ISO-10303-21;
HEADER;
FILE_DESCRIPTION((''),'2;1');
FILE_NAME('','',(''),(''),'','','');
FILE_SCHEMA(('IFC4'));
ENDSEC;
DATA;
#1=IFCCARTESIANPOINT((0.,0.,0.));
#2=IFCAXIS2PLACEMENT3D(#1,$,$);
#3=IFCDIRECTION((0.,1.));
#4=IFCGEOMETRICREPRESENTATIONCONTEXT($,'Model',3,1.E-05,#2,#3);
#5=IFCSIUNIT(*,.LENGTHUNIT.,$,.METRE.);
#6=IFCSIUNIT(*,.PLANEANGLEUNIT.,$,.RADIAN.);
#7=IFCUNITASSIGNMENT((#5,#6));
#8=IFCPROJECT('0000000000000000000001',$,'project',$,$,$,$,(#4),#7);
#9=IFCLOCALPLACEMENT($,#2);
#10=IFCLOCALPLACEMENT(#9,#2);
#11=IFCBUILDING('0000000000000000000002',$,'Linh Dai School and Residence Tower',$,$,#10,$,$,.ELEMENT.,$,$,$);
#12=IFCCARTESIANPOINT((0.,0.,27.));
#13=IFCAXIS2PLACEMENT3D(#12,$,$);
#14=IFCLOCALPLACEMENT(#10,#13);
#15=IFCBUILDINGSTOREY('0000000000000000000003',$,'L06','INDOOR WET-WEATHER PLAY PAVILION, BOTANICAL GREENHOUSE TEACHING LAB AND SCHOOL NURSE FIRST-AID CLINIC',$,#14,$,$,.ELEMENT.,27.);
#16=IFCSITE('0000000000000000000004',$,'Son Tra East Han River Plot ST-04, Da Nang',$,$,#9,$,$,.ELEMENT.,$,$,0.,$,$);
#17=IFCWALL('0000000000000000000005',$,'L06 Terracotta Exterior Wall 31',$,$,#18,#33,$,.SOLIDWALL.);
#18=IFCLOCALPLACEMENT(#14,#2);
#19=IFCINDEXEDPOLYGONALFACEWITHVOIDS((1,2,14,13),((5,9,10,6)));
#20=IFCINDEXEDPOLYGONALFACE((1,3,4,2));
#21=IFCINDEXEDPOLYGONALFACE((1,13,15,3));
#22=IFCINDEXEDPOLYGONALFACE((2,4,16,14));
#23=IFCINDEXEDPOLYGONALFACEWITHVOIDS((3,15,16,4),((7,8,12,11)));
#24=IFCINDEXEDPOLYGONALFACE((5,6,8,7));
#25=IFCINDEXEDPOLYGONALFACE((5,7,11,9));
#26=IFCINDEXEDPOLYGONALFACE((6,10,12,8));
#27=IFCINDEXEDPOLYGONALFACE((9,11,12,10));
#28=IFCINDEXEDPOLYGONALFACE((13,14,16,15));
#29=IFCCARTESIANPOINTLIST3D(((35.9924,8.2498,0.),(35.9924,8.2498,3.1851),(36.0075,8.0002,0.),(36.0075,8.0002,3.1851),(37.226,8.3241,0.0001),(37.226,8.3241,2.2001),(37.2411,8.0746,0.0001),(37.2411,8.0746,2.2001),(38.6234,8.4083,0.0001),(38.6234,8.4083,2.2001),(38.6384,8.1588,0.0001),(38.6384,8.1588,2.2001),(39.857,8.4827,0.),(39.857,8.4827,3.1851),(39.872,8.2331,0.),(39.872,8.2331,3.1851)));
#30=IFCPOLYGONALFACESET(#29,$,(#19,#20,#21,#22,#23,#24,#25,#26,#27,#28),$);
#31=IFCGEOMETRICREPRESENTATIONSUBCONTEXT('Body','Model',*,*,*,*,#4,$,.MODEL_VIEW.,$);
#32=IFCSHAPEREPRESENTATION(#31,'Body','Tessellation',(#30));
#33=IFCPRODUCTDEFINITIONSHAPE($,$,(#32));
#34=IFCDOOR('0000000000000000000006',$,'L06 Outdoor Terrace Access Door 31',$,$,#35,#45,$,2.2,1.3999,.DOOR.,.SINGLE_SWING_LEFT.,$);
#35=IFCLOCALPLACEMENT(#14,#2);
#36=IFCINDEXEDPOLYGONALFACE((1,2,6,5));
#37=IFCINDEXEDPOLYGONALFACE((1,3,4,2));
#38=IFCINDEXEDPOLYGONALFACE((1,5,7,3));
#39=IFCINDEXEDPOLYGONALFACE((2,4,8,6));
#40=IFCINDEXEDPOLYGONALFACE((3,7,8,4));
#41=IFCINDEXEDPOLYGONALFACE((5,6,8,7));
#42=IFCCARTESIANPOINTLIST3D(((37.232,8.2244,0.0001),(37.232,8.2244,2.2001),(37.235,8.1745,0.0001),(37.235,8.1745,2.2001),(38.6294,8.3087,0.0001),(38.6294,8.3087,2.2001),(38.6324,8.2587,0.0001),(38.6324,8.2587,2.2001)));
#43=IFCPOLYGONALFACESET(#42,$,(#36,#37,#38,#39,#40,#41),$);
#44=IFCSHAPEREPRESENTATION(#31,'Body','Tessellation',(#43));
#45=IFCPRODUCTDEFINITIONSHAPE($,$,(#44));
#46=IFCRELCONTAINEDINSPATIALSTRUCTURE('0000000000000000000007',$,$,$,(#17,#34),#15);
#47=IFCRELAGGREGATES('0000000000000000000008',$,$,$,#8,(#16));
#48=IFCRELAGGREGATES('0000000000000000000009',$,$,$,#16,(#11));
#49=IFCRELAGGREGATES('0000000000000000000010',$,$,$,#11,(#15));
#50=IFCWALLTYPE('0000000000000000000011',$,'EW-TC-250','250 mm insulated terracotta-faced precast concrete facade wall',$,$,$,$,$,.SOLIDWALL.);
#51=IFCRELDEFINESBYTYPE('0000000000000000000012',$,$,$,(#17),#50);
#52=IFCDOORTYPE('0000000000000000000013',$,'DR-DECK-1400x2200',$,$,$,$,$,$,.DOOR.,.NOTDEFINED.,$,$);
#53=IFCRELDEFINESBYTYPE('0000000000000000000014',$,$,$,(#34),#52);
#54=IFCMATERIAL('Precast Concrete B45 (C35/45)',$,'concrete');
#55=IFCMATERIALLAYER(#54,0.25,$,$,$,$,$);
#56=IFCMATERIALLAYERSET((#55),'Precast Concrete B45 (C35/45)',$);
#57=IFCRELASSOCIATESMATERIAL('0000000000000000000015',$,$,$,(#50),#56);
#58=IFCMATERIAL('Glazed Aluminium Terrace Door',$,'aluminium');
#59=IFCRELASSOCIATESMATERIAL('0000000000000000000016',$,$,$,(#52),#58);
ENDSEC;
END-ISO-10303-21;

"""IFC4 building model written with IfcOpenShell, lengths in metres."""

from ifc_helpers import new_model, si_unit, direction, frame, frame_2d, origin, origin_2d, place, context, subcontext, project, spatial, rectangle, extrude, source, transform, mapped, material, layer, layer_set, type_object, element, fill, save


model = new_model("IFC4")

# Units and contexts
model_context = context("Model", 3, precision=1e-05, world=origin(), true_north=direction((0.0, 1.0)))
body_context = subcontext(model_context, "Body", "Model", "MODEL_VIEW")
ifc_project = project(units=[si_unit("LENGTHUNIT", "METRE"), si_unit("PLANEANGLEUNIT", "RADIAN")], contexts=[model_context])

# Site, building, storey
site_placement = place(None, origin())
site = spatial("IfcSite", under=ifc_project, at=site_placement, Name="Son Tra East Han River Plot ST-04, Da Nang", CompositionType="ELEMENT", RefElevation=0.0)
building_placement = place(site_placement, origin())
building = spatial("IfcBuilding", under=site, at=building_placement, Name="Linh Dai School and Residence Tower", CompositionType="ELEMENT")
storey_placement = place(building_placement, frame((0.0, 0.0, 27.0)))
storey = spatial("IfcBuildingStorey", under=building, at=storey_placement, Name="L06", Description="INDOOR WET-WEATHER PLAY PAVILION, BOTANICAL GREENHOUSE TEACHING LAB AND SCHOOL NURSE FIRST-AID CLINIC", CompositionType="ELEMENT", Elevation=27.0)

# Shared definitions
ifc_material_1 = material(Name="Precast Concrete B45 (C35/45)", Category="concrete")
ifc_layer_1 = layer(ifc_material_1, 0.25)
ifc_layer_set_1 = layer_set([ifc_layer_1], Name="Precast Concrete B45 (C35/45)")
wall_type = type_object("IfcWallType", Name="EW-TC-250", Description="250 mm insulated terracotta-faced precast concrete facade wall", PredefinedType="SOLIDWALL", material=ifc_layer_set_1)

# Wall, opening, door
wall_1_placement = place(storey_placement, frame((39.8645, 8.3579, 0.0), z_axis=(0.0, 0.0, 1.0), x_axis=(-0.998189, -0.06016, 0.0)))
wall_1 = element("IfcWall", 1, at=wall_1_placement, inside=storey, type_object=wall_type, Name="L06 Terracotta Exterior Wall 31", PredefinedType="SOLIDWALL", context=body_context, shape_type="SweptSolid", body=[
    extrude(rectangle(XDim=3.8716, YDim=0.25, at=frame_2d((1.9358, 0.0))), origin(), (0.0, 0.0, 1.0), 3.1851),
])
opening_1_placement = place(wall_1_placement, frame((1.2358, 0.0, 0.0)))
opening_1 = element("IfcOpeningElement", 2, at=opening_1_placement, cuts=wall_1, PredefinedType="OPENING", context=body_context, shape_type="SweptSolid", body=[
    extrude(rectangle(XDim=1.3999, YDim=2.2, at=origin_2d()), frame((0.7, 0.135, 1.1001), z_axis=(0.0, -1.0, 0.0), x_axis=(1.0, 0.0, 0.0)), (0.0, 0.0, 1.0), 0.27),
])
ifc_material_2 = material(Name="Glazed Aluminium Terrace Door", Category="aluminium")
door_type = type_object("IfcDoorType", Name="DR-DECK-1400x2200", OperationType="NOTDEFINED", PredefinedType="DOOR", material=ifc_material_2)
shared_shape_1 = source(origin(), body_context, "Body", "SweptSolid", [
    extrude(rectangle(XDim=1.3999, YDim=2.2, at=origin_2d()), frame((0.7, 0.0249, 1.1001), z_axis=(0.0, -1.0, 0.0), x_axis=(1.0, 0.0, 0.0)), (0.0, 0.0, 1.0), 0.05),
])
door_placement = place(opening_1_placement, origin())
door = element("IfcDoor", 3, at=door_placement, inside=storey, type_object=door_type, Name="L06 Outdoor Terrace Access Door 31", OperationType="SINGLE_SWING_LEFT", OverallHeight=2.2, OverallWidth=1.3999, PredefinedType="DOOR", context=body_context, shape_type="MappedRepresentation", body=[
    mapped(shared_shape_1, transform((0.0, 0.0, 0.0), x_axis=(1.0, 0.0, 0.0), y_axis=(0.0, 1.0, 0.0), z_axis=(0.0, 0.0, 1.0), scale=1.0)),
])
fill(opening_1, door)

save(model, "model.ifc")
